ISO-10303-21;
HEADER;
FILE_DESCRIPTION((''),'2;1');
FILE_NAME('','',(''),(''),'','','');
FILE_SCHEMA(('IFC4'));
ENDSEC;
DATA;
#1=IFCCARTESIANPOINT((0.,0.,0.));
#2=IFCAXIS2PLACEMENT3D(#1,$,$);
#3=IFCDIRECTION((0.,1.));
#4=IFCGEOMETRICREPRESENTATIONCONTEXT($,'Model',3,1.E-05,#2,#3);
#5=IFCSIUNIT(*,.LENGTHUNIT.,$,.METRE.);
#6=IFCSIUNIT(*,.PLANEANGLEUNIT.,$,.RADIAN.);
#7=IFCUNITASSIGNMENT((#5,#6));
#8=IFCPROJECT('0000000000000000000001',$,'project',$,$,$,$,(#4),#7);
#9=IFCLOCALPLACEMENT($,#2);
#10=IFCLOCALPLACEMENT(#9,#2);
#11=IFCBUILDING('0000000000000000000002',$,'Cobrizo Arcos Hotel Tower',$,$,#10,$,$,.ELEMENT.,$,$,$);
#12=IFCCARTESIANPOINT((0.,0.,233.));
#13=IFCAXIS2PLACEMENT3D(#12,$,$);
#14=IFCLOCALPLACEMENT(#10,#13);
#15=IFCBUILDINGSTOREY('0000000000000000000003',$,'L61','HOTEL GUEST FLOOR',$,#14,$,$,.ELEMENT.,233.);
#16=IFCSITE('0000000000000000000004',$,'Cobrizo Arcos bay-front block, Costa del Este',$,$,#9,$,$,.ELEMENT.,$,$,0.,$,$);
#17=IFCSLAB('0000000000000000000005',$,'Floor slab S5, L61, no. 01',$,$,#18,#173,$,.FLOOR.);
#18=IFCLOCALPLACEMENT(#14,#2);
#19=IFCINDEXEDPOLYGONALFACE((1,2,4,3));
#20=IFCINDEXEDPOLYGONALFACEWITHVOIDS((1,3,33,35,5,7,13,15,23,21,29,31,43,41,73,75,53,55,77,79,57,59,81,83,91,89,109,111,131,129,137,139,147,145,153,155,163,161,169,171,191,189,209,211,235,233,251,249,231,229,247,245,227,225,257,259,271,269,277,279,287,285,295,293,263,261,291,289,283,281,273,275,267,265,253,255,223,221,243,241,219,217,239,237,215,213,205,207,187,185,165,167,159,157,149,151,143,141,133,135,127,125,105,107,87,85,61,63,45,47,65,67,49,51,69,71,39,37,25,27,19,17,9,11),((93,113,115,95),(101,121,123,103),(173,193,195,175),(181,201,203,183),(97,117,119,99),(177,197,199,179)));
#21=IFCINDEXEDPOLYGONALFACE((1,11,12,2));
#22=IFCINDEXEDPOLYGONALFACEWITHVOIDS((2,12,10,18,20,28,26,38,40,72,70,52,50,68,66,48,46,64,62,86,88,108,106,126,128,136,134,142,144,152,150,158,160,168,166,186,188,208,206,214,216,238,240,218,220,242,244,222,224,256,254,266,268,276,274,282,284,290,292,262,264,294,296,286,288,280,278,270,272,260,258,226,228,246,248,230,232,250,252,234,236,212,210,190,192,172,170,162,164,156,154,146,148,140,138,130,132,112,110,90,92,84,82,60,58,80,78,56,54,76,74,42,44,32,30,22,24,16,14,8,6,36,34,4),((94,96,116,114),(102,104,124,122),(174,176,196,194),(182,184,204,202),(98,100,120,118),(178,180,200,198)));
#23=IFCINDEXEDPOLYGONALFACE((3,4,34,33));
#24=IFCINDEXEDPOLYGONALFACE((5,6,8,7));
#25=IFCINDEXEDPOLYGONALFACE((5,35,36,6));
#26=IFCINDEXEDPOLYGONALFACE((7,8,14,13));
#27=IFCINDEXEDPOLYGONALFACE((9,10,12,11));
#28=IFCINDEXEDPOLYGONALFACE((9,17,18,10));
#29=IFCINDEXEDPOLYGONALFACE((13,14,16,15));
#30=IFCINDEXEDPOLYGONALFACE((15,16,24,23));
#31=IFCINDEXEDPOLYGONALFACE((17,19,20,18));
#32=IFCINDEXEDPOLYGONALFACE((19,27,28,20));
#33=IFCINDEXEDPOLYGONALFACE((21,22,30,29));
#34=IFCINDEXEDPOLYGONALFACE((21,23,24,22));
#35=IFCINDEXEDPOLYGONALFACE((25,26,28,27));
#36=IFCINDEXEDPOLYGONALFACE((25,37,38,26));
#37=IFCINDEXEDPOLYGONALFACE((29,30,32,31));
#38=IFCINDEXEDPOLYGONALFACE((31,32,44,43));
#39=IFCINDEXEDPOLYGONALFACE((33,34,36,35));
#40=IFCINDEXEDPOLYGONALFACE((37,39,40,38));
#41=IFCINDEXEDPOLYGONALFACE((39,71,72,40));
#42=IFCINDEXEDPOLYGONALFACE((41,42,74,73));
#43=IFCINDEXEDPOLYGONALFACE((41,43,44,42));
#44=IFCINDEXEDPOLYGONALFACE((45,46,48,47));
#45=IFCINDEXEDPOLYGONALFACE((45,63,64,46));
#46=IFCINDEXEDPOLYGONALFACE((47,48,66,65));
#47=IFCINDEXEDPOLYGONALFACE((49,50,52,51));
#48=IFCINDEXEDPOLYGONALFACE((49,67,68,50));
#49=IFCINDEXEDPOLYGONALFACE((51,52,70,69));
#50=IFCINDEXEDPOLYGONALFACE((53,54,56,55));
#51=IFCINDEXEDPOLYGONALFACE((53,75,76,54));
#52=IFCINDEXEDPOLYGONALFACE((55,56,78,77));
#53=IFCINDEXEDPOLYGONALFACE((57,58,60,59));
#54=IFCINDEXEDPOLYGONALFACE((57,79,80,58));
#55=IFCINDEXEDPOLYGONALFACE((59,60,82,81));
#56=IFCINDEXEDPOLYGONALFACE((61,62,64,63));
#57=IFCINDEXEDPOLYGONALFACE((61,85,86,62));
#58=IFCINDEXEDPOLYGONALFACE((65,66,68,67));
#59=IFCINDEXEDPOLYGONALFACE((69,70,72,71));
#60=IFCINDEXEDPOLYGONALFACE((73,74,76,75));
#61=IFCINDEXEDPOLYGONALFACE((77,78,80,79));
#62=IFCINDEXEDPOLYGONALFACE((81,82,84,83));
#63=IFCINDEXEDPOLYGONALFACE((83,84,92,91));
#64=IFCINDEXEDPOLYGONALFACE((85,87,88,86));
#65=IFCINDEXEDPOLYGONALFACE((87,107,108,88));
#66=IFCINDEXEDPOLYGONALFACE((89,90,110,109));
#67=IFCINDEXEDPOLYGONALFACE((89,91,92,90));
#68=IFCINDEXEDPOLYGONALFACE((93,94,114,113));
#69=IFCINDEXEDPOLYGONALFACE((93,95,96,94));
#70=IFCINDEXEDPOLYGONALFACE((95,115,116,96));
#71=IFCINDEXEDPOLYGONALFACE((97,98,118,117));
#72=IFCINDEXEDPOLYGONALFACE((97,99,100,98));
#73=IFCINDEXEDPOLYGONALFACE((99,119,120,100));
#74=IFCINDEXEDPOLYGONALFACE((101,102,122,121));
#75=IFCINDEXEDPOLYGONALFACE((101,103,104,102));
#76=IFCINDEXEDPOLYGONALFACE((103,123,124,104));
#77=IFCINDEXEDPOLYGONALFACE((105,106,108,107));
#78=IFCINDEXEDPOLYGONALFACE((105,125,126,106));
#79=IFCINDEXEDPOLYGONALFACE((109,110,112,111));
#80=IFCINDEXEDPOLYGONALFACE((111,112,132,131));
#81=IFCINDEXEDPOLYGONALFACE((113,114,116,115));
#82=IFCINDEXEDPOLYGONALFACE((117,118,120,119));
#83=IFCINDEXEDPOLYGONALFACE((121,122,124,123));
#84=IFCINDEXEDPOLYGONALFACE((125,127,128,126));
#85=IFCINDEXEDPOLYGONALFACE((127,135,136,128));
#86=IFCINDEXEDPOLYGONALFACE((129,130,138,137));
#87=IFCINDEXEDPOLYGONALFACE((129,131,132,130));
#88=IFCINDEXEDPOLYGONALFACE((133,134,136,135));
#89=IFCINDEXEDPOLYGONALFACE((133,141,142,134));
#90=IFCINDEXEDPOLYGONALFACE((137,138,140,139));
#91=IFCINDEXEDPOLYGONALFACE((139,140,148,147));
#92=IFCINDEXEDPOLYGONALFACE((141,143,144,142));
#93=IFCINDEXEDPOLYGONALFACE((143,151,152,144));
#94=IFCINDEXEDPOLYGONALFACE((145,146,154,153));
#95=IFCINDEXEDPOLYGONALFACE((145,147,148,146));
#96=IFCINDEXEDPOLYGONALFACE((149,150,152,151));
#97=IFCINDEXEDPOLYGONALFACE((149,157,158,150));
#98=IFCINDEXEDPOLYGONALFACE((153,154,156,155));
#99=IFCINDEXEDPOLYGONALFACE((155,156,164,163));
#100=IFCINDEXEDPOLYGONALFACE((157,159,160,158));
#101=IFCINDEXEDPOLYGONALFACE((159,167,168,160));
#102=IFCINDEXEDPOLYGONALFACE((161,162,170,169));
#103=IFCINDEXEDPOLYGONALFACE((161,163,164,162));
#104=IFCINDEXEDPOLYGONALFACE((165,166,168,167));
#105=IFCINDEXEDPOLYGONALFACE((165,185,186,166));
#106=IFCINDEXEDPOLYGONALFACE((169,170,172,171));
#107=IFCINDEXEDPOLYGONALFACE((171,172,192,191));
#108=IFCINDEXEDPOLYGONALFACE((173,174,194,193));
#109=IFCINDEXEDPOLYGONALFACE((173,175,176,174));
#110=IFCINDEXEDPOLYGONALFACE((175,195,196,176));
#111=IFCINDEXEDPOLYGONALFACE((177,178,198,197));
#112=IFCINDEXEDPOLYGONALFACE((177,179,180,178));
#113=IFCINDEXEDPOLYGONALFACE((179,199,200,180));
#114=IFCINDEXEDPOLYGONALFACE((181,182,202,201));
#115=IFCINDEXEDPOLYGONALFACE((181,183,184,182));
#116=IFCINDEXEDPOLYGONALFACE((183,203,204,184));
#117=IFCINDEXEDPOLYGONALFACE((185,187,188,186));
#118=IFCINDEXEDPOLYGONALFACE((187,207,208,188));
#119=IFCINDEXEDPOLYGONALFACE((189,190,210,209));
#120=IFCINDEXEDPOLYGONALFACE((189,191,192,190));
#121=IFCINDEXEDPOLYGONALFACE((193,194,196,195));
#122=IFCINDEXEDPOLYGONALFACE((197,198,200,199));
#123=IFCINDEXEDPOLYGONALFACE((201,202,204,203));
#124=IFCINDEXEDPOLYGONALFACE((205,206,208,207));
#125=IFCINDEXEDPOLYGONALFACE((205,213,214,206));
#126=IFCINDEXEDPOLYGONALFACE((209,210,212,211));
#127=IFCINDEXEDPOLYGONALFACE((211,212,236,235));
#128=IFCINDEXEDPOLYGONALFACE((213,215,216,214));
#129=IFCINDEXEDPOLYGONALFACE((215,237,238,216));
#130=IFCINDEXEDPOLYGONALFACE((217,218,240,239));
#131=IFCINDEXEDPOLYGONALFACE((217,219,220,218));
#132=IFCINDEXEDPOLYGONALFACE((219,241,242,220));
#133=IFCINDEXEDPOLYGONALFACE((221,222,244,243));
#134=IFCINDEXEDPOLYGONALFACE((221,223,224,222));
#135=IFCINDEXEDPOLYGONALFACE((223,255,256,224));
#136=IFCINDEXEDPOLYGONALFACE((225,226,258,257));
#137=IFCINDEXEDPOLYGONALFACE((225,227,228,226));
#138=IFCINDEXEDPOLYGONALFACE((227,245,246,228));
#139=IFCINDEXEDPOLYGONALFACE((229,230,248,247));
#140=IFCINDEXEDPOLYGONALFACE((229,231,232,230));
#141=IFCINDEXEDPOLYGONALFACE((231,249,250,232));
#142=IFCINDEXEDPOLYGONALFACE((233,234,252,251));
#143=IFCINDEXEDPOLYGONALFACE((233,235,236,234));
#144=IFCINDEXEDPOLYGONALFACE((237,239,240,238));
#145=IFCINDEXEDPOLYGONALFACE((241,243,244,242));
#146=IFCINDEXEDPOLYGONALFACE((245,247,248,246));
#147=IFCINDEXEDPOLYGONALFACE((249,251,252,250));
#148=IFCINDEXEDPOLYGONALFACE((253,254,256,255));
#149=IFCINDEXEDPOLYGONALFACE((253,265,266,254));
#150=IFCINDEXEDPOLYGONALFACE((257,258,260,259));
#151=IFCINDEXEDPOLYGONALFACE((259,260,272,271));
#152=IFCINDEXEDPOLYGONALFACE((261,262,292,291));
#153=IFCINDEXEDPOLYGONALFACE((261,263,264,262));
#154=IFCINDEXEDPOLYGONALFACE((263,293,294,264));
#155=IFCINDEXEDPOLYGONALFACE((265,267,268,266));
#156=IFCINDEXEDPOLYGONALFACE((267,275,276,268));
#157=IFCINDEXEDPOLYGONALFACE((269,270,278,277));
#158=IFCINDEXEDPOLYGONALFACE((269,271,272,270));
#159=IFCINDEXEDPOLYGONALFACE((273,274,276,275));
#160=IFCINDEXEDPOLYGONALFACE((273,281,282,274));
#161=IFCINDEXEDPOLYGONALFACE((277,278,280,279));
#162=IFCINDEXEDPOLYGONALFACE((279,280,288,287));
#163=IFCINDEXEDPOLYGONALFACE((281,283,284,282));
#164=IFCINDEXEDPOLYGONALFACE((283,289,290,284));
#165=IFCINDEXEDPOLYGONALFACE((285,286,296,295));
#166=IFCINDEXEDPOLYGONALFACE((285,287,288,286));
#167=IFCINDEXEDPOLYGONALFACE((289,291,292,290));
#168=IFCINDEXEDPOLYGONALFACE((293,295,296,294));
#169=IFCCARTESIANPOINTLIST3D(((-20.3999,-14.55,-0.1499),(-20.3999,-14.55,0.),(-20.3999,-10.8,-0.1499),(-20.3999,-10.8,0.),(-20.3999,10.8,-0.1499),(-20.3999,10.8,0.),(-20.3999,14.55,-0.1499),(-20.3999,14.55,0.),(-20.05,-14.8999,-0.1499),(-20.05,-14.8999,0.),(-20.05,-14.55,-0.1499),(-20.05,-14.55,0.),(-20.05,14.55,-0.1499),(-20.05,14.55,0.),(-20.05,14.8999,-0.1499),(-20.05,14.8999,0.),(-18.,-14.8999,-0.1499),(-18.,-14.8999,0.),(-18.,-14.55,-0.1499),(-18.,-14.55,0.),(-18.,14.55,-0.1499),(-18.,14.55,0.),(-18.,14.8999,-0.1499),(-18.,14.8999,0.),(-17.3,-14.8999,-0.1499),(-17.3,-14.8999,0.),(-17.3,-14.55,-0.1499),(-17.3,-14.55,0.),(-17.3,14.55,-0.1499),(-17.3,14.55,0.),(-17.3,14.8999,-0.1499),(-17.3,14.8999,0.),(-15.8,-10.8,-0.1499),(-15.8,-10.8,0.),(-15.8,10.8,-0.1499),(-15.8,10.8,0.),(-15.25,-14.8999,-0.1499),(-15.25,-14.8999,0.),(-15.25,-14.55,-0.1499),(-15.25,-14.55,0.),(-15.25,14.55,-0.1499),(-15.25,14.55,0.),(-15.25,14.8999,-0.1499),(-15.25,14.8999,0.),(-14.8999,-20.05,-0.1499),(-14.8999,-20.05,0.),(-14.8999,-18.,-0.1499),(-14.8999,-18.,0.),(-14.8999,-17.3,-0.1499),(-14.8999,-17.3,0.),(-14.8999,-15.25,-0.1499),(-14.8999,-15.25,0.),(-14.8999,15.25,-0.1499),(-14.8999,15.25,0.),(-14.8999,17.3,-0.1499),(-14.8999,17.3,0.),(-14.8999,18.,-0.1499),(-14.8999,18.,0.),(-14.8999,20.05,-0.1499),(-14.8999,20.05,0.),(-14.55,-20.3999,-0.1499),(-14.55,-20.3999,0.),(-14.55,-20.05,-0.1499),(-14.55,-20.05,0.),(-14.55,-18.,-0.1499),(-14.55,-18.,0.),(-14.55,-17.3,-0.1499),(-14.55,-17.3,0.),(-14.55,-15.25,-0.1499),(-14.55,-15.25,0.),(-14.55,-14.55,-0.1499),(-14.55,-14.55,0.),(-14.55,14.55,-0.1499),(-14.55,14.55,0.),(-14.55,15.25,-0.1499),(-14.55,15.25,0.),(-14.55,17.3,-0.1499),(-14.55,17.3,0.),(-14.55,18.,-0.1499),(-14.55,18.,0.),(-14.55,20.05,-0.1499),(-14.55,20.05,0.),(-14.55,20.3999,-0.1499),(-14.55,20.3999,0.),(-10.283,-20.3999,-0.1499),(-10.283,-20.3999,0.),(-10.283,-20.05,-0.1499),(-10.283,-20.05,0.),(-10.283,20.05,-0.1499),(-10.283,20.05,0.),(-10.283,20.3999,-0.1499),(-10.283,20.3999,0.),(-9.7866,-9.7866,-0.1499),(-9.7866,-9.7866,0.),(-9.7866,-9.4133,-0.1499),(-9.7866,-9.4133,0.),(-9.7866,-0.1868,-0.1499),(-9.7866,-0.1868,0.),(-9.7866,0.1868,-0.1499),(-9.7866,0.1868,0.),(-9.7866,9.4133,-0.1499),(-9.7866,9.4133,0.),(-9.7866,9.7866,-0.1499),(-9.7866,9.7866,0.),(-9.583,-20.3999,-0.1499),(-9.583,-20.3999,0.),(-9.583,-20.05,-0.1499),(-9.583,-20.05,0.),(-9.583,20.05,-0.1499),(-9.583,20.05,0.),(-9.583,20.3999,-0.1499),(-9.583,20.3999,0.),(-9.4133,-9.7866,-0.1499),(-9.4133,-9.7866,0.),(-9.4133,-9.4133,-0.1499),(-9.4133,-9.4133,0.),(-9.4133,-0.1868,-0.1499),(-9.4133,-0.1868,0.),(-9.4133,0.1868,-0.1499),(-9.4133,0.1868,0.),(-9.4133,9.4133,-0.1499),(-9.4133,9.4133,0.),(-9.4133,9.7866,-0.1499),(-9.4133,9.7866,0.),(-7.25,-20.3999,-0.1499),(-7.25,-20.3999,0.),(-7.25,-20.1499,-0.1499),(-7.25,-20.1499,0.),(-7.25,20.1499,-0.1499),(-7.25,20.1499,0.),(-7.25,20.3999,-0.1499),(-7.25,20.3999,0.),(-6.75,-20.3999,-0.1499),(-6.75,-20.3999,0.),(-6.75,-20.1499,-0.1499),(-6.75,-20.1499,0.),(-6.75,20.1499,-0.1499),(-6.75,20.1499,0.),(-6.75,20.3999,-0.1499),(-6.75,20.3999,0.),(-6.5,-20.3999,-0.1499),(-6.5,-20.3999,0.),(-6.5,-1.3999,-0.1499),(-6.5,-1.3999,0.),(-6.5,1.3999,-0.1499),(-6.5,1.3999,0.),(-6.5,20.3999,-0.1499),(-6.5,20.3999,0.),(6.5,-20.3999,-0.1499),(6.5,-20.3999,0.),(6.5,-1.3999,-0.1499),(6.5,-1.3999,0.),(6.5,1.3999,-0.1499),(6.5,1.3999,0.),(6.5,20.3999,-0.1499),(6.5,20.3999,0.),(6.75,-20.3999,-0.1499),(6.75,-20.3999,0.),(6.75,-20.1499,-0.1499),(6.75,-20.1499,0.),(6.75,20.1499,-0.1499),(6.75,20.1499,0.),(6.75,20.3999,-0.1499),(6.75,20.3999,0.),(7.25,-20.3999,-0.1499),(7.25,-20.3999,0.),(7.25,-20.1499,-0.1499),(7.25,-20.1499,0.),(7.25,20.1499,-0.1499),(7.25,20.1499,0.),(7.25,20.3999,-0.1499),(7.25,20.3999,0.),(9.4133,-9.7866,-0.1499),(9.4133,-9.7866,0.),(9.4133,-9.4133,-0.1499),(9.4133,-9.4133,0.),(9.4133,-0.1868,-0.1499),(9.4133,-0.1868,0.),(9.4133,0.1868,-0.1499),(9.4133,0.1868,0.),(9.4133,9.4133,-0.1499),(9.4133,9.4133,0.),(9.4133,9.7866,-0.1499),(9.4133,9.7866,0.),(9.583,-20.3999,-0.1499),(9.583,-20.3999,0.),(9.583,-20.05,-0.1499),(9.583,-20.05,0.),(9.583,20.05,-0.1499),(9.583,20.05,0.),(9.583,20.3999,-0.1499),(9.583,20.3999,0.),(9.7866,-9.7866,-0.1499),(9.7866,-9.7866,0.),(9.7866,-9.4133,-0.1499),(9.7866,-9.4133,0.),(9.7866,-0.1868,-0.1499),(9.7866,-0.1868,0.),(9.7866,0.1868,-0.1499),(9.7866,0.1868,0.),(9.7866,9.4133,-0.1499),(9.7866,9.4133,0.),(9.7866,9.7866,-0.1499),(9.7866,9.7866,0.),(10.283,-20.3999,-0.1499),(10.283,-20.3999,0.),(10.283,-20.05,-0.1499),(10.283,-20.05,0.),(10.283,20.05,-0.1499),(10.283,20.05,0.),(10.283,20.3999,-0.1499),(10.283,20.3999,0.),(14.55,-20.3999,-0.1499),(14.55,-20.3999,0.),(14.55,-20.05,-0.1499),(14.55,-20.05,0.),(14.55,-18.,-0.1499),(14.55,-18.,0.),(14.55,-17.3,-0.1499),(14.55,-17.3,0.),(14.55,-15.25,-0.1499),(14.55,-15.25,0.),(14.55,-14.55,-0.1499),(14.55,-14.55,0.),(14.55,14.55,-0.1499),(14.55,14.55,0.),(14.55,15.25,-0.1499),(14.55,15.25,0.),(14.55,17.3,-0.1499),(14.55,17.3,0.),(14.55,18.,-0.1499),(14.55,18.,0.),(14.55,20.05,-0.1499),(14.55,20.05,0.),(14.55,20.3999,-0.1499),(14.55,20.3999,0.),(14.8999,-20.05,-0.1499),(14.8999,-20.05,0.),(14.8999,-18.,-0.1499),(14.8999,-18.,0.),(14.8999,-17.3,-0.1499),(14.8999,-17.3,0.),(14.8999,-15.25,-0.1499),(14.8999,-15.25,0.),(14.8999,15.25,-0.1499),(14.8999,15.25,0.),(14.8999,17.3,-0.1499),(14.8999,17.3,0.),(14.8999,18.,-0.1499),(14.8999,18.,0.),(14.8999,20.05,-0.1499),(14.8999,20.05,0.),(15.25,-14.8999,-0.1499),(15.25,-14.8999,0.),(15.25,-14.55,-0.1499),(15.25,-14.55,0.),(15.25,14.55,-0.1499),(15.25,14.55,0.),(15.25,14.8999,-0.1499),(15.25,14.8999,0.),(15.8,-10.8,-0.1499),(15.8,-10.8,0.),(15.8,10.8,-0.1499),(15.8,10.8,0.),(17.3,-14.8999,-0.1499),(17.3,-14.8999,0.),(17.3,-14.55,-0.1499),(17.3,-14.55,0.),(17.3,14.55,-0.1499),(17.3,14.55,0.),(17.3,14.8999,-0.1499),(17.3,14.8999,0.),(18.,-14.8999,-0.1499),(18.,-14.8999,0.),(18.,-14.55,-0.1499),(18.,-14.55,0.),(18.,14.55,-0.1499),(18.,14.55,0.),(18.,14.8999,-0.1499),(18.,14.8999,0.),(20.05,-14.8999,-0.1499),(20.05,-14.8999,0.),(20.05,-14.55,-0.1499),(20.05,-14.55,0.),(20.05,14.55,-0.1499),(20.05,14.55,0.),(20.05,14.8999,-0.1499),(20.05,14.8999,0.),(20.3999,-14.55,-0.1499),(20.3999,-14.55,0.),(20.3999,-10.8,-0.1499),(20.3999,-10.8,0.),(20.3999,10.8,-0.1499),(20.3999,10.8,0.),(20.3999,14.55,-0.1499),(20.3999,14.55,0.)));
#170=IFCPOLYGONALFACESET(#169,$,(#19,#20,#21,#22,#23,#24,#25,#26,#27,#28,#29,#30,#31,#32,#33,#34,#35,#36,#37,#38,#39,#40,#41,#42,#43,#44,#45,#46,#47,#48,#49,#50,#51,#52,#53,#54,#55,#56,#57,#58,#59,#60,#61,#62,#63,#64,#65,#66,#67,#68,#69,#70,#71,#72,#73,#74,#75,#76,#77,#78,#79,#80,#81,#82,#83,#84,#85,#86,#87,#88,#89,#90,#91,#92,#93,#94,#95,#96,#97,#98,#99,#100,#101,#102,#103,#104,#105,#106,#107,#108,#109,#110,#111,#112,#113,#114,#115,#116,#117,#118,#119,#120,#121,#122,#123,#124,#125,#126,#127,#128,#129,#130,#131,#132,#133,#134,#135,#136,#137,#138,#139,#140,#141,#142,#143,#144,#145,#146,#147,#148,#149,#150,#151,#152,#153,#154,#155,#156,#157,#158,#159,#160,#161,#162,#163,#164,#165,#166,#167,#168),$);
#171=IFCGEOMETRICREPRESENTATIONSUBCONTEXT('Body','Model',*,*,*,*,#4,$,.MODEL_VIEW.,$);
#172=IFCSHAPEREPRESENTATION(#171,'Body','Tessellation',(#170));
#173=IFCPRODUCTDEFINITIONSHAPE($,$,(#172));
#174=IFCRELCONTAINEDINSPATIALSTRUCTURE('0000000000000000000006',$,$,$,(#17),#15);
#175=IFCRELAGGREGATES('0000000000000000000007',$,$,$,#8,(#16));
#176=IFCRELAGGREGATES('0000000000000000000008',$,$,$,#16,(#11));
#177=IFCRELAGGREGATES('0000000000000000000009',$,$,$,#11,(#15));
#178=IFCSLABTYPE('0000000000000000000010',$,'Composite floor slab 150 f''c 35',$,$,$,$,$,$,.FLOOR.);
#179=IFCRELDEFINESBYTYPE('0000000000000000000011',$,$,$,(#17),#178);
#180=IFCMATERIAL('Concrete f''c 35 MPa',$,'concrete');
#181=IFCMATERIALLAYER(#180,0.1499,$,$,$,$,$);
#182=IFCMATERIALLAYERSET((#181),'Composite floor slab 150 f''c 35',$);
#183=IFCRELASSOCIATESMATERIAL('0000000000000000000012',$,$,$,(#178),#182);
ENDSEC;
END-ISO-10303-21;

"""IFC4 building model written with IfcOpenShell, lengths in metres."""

from ifc_helpers import new_model, si_unit, direction, frame, origin, place, context, subcontext, project, spatial, polyline, outline, extrude, material, layer, layer_set, type_object, element, save


model = new_model("IFC4")

# Units and contexts
model_context = context("Model", 3, precision=1e-05, world=origin(), true_north=direction((0.0, 1.0)))
body_context = subcontext(model_context, "Body", "Model", "MODEL_VIEW")
ifc_project = project(units=[si_unit("LENGTHUNIT", "METRE"), si_unit("PLANEANGLEUNIT", "RADIAN")], contexts=[model_context])

# Site, building, storey
site_placement = place(None, origin())
site = spatial("IfcSite", under=ifc_project, at=site_placement, Name="Cobrizo Arcos bay-front block, Costa del Este", CompositionType="ELEMENT", RefElevation=0.0)
building_placement = place(site_placement, origin())
building = spatial("IfcBuilding", under=site, at=building_placement, Name="Cobrizo Arcos Hotel Tower", CompositionType="ELEMENT")
storey_placement = place(building_placement, frame((0.0, 0.0, 233.0)))
storey = spatial("IfcBuildingStorey", under=building, at=storey_placement, Name="L61", Description="HOTEL GUEST FLOOR", CompositionType="ELEMENT", Elevation=233.0)

# Slab
ifc_material_1 = material(Name="Concrete f'c 35 MPa", Category="concrete")
ifc_layer_1 = layer(ifc_material_1, 0.1499)
ifc_layer_set_1 = layer_set([ifc_layer_1], Name="Composite floor slab 150 f'c 35")
slab_type_1 = type_object("IfcSlabType", Name="Composite floor slab 150 f'c 35", PredefinedType="FLOOR", material=ifc_layer_set_1)
slab_1_placement = place(storey_placement, frame((0.0, 0.0, -0.1499)))
element("IfcSlab", 1, at=slab_1_placement, inside=storey, type_object=slab_type_1, Name="Floor slab S5, L61, no. 01", PredefinedType="FLOOR", context=body_context, shape_type="SweptSolid", body=[
    extrude(outline(polyline([(17.3, 14.8999), (17.3, 14.55), (18.0, 14.55), (18.0, 14.8999), (20.05, 14.8999), (20.05, 14.55), (20.3999, 14.55), (20.3999, 10.8), (15.8, 10.8), (15.8, -10.8), (20.3999, -10.8), (20.3999, -14.55), (20.05, -14.55), (20.05, -14.8999), (18.0, -14.8999), (18.0, -14.55), (17.3, -14.55), (17.3, -14.8999), (15.25, -14.8999), (15.25, -14.55), (14.55, -14.55), (14.55, -15.25), (14.8999, -15.25), (14.8999, -17.3), (14.55, -17.3), (14.55, -18.0), (14.8999, -18.0), (14.8999, -20.05), (14.55, -20.05), (14.55, -20.3999), (10.283, -20.3999), (10.283, -20.05), (9.583, -20.05), (9.583, -20.3999), (7.25, -20.3999), (7.25, -20.1499), (6.75, -20.1499), (6.75, -20.3999), (6.5, -20.3999), (6.5, -1.3999), (-6.5, -1.3999), (-6.5, -20.3999), (-6.75, -20.3999), (-6.75, -20.1499), (-7.25, -20.1499), (-7.25, -20.3999), (-9.583, -20.3999), (-9.583, -20.05), (-10.283, -20.05), (-10.283, -20.3999), (-14.55, -20.3999), (-14.55, -20.05), (-14.8999, -20.05), (-14.8999, -18.0), (-14.55, -18.0), (-14.55, -17.3), (-14.8999, -17.3), (-14.8999, -15.25), (-14.55, -15.25), (-14.55, -14.55), (-15.25, -14.55), (-15.25, -14.8999), (-17.3, -14.8999), (-17.3, -14.55), (-18.0, -14.55), (-18.0, -14.8999), (-20.05, -14.8999), (-20.05, -14.55), (-20.3999, -14.55), (-20.3999, -10.8), (-15.8, -10.8), (-15.8, 10.8), (-20.3999, 10.8), (-20.3999, 14.55), (-20.05, 14.55), (-20.05, 14.8999), (-18.0, 14.8999), (-18.0, 14.55), (-17.3, 14.55), (-17.3, 14.8999), (-15.25, 14.8999), (-15.25, 14.55), (-14.55, 14.55), (-14.55, 15.25), (-14.8999, 15.25), (-14.8999, 17.3), (-14.55, 17.3), (-14.55, 18.0), (-14.8999, 18.0), (-14.8999, 20.05), (-14.55, 20.05), (-14.55, 20.3999), (-10.283, 20.3999), (-10.283, 20.05), (-9.583, 20.05), (-9.583, 20.3999), (-7.25, 20.3999), (-7.25, 20.1499), (-6.75, 20.1499), (-6.75, 20.3999), (-6.5, 20.3999), (-6.5, 1.3999), (6.5, 1.3999), (6.5, 20.3999), (6.75, 20.3999), (6.75, 20.1499), (7.25, 20.1499), (7.25, 20.3999), (9.583, 20.3999), (9.583, 20.05), (10.283, 20.05), (10.283, 20.3999), (14.55, 20.3999), (14.55, 20.05), (14.8999, 20.05), (14.8999, 18.0), (14.55, 18.0), (14.55, 17.3), (14.8999, 17.3), (14.8999, 15.25), (14.55, 15.25), (14.55, 14.55), (15.25, 14.55), (15.25, 14.8999), (17.3, 14.8999)]), holes=[polyline([(-9.7866, -9.7866), (-9.4133, -9.7866), (-9.4133, -9.4133), (-9.7866, -9.4133), (-9.7866, -9.7866)]), polyline([(-9.4133, -0.1868), (-9.4133, 0.1868), (-9.7866, 0.1868), (-9.7866, -0.1868), (-9.4133, -0.1868)]), polyline([(-9.4133, 9.4133), (-9.4133, 9.7866), (-9.7866, 9.7866), (-9.7866, 9.4133), (-9.4133, 9.4133)]), polyline([(9.4133, -9.7866), (9.7866, -9.7866), (9.7866, -9.4133), (9.4133, -9.4133), (9.4133, -9.7866)]), polyline([(9.4133, -0.1868), (9.7866, -0.1868), (9.7866, 0.1868), (9.4133, 0.1868), (9.4133, -0.1868)]), polyline([(9.7866, 9.4133), (9.7866, 9.7866), (9.4133, 9.7866), (9.4133, 9.4133), (9.7866, 9.4133)])]), origin(), (0.0, 0.0, 1.0), 0.1499),
])

save(model, "model.ifc")
